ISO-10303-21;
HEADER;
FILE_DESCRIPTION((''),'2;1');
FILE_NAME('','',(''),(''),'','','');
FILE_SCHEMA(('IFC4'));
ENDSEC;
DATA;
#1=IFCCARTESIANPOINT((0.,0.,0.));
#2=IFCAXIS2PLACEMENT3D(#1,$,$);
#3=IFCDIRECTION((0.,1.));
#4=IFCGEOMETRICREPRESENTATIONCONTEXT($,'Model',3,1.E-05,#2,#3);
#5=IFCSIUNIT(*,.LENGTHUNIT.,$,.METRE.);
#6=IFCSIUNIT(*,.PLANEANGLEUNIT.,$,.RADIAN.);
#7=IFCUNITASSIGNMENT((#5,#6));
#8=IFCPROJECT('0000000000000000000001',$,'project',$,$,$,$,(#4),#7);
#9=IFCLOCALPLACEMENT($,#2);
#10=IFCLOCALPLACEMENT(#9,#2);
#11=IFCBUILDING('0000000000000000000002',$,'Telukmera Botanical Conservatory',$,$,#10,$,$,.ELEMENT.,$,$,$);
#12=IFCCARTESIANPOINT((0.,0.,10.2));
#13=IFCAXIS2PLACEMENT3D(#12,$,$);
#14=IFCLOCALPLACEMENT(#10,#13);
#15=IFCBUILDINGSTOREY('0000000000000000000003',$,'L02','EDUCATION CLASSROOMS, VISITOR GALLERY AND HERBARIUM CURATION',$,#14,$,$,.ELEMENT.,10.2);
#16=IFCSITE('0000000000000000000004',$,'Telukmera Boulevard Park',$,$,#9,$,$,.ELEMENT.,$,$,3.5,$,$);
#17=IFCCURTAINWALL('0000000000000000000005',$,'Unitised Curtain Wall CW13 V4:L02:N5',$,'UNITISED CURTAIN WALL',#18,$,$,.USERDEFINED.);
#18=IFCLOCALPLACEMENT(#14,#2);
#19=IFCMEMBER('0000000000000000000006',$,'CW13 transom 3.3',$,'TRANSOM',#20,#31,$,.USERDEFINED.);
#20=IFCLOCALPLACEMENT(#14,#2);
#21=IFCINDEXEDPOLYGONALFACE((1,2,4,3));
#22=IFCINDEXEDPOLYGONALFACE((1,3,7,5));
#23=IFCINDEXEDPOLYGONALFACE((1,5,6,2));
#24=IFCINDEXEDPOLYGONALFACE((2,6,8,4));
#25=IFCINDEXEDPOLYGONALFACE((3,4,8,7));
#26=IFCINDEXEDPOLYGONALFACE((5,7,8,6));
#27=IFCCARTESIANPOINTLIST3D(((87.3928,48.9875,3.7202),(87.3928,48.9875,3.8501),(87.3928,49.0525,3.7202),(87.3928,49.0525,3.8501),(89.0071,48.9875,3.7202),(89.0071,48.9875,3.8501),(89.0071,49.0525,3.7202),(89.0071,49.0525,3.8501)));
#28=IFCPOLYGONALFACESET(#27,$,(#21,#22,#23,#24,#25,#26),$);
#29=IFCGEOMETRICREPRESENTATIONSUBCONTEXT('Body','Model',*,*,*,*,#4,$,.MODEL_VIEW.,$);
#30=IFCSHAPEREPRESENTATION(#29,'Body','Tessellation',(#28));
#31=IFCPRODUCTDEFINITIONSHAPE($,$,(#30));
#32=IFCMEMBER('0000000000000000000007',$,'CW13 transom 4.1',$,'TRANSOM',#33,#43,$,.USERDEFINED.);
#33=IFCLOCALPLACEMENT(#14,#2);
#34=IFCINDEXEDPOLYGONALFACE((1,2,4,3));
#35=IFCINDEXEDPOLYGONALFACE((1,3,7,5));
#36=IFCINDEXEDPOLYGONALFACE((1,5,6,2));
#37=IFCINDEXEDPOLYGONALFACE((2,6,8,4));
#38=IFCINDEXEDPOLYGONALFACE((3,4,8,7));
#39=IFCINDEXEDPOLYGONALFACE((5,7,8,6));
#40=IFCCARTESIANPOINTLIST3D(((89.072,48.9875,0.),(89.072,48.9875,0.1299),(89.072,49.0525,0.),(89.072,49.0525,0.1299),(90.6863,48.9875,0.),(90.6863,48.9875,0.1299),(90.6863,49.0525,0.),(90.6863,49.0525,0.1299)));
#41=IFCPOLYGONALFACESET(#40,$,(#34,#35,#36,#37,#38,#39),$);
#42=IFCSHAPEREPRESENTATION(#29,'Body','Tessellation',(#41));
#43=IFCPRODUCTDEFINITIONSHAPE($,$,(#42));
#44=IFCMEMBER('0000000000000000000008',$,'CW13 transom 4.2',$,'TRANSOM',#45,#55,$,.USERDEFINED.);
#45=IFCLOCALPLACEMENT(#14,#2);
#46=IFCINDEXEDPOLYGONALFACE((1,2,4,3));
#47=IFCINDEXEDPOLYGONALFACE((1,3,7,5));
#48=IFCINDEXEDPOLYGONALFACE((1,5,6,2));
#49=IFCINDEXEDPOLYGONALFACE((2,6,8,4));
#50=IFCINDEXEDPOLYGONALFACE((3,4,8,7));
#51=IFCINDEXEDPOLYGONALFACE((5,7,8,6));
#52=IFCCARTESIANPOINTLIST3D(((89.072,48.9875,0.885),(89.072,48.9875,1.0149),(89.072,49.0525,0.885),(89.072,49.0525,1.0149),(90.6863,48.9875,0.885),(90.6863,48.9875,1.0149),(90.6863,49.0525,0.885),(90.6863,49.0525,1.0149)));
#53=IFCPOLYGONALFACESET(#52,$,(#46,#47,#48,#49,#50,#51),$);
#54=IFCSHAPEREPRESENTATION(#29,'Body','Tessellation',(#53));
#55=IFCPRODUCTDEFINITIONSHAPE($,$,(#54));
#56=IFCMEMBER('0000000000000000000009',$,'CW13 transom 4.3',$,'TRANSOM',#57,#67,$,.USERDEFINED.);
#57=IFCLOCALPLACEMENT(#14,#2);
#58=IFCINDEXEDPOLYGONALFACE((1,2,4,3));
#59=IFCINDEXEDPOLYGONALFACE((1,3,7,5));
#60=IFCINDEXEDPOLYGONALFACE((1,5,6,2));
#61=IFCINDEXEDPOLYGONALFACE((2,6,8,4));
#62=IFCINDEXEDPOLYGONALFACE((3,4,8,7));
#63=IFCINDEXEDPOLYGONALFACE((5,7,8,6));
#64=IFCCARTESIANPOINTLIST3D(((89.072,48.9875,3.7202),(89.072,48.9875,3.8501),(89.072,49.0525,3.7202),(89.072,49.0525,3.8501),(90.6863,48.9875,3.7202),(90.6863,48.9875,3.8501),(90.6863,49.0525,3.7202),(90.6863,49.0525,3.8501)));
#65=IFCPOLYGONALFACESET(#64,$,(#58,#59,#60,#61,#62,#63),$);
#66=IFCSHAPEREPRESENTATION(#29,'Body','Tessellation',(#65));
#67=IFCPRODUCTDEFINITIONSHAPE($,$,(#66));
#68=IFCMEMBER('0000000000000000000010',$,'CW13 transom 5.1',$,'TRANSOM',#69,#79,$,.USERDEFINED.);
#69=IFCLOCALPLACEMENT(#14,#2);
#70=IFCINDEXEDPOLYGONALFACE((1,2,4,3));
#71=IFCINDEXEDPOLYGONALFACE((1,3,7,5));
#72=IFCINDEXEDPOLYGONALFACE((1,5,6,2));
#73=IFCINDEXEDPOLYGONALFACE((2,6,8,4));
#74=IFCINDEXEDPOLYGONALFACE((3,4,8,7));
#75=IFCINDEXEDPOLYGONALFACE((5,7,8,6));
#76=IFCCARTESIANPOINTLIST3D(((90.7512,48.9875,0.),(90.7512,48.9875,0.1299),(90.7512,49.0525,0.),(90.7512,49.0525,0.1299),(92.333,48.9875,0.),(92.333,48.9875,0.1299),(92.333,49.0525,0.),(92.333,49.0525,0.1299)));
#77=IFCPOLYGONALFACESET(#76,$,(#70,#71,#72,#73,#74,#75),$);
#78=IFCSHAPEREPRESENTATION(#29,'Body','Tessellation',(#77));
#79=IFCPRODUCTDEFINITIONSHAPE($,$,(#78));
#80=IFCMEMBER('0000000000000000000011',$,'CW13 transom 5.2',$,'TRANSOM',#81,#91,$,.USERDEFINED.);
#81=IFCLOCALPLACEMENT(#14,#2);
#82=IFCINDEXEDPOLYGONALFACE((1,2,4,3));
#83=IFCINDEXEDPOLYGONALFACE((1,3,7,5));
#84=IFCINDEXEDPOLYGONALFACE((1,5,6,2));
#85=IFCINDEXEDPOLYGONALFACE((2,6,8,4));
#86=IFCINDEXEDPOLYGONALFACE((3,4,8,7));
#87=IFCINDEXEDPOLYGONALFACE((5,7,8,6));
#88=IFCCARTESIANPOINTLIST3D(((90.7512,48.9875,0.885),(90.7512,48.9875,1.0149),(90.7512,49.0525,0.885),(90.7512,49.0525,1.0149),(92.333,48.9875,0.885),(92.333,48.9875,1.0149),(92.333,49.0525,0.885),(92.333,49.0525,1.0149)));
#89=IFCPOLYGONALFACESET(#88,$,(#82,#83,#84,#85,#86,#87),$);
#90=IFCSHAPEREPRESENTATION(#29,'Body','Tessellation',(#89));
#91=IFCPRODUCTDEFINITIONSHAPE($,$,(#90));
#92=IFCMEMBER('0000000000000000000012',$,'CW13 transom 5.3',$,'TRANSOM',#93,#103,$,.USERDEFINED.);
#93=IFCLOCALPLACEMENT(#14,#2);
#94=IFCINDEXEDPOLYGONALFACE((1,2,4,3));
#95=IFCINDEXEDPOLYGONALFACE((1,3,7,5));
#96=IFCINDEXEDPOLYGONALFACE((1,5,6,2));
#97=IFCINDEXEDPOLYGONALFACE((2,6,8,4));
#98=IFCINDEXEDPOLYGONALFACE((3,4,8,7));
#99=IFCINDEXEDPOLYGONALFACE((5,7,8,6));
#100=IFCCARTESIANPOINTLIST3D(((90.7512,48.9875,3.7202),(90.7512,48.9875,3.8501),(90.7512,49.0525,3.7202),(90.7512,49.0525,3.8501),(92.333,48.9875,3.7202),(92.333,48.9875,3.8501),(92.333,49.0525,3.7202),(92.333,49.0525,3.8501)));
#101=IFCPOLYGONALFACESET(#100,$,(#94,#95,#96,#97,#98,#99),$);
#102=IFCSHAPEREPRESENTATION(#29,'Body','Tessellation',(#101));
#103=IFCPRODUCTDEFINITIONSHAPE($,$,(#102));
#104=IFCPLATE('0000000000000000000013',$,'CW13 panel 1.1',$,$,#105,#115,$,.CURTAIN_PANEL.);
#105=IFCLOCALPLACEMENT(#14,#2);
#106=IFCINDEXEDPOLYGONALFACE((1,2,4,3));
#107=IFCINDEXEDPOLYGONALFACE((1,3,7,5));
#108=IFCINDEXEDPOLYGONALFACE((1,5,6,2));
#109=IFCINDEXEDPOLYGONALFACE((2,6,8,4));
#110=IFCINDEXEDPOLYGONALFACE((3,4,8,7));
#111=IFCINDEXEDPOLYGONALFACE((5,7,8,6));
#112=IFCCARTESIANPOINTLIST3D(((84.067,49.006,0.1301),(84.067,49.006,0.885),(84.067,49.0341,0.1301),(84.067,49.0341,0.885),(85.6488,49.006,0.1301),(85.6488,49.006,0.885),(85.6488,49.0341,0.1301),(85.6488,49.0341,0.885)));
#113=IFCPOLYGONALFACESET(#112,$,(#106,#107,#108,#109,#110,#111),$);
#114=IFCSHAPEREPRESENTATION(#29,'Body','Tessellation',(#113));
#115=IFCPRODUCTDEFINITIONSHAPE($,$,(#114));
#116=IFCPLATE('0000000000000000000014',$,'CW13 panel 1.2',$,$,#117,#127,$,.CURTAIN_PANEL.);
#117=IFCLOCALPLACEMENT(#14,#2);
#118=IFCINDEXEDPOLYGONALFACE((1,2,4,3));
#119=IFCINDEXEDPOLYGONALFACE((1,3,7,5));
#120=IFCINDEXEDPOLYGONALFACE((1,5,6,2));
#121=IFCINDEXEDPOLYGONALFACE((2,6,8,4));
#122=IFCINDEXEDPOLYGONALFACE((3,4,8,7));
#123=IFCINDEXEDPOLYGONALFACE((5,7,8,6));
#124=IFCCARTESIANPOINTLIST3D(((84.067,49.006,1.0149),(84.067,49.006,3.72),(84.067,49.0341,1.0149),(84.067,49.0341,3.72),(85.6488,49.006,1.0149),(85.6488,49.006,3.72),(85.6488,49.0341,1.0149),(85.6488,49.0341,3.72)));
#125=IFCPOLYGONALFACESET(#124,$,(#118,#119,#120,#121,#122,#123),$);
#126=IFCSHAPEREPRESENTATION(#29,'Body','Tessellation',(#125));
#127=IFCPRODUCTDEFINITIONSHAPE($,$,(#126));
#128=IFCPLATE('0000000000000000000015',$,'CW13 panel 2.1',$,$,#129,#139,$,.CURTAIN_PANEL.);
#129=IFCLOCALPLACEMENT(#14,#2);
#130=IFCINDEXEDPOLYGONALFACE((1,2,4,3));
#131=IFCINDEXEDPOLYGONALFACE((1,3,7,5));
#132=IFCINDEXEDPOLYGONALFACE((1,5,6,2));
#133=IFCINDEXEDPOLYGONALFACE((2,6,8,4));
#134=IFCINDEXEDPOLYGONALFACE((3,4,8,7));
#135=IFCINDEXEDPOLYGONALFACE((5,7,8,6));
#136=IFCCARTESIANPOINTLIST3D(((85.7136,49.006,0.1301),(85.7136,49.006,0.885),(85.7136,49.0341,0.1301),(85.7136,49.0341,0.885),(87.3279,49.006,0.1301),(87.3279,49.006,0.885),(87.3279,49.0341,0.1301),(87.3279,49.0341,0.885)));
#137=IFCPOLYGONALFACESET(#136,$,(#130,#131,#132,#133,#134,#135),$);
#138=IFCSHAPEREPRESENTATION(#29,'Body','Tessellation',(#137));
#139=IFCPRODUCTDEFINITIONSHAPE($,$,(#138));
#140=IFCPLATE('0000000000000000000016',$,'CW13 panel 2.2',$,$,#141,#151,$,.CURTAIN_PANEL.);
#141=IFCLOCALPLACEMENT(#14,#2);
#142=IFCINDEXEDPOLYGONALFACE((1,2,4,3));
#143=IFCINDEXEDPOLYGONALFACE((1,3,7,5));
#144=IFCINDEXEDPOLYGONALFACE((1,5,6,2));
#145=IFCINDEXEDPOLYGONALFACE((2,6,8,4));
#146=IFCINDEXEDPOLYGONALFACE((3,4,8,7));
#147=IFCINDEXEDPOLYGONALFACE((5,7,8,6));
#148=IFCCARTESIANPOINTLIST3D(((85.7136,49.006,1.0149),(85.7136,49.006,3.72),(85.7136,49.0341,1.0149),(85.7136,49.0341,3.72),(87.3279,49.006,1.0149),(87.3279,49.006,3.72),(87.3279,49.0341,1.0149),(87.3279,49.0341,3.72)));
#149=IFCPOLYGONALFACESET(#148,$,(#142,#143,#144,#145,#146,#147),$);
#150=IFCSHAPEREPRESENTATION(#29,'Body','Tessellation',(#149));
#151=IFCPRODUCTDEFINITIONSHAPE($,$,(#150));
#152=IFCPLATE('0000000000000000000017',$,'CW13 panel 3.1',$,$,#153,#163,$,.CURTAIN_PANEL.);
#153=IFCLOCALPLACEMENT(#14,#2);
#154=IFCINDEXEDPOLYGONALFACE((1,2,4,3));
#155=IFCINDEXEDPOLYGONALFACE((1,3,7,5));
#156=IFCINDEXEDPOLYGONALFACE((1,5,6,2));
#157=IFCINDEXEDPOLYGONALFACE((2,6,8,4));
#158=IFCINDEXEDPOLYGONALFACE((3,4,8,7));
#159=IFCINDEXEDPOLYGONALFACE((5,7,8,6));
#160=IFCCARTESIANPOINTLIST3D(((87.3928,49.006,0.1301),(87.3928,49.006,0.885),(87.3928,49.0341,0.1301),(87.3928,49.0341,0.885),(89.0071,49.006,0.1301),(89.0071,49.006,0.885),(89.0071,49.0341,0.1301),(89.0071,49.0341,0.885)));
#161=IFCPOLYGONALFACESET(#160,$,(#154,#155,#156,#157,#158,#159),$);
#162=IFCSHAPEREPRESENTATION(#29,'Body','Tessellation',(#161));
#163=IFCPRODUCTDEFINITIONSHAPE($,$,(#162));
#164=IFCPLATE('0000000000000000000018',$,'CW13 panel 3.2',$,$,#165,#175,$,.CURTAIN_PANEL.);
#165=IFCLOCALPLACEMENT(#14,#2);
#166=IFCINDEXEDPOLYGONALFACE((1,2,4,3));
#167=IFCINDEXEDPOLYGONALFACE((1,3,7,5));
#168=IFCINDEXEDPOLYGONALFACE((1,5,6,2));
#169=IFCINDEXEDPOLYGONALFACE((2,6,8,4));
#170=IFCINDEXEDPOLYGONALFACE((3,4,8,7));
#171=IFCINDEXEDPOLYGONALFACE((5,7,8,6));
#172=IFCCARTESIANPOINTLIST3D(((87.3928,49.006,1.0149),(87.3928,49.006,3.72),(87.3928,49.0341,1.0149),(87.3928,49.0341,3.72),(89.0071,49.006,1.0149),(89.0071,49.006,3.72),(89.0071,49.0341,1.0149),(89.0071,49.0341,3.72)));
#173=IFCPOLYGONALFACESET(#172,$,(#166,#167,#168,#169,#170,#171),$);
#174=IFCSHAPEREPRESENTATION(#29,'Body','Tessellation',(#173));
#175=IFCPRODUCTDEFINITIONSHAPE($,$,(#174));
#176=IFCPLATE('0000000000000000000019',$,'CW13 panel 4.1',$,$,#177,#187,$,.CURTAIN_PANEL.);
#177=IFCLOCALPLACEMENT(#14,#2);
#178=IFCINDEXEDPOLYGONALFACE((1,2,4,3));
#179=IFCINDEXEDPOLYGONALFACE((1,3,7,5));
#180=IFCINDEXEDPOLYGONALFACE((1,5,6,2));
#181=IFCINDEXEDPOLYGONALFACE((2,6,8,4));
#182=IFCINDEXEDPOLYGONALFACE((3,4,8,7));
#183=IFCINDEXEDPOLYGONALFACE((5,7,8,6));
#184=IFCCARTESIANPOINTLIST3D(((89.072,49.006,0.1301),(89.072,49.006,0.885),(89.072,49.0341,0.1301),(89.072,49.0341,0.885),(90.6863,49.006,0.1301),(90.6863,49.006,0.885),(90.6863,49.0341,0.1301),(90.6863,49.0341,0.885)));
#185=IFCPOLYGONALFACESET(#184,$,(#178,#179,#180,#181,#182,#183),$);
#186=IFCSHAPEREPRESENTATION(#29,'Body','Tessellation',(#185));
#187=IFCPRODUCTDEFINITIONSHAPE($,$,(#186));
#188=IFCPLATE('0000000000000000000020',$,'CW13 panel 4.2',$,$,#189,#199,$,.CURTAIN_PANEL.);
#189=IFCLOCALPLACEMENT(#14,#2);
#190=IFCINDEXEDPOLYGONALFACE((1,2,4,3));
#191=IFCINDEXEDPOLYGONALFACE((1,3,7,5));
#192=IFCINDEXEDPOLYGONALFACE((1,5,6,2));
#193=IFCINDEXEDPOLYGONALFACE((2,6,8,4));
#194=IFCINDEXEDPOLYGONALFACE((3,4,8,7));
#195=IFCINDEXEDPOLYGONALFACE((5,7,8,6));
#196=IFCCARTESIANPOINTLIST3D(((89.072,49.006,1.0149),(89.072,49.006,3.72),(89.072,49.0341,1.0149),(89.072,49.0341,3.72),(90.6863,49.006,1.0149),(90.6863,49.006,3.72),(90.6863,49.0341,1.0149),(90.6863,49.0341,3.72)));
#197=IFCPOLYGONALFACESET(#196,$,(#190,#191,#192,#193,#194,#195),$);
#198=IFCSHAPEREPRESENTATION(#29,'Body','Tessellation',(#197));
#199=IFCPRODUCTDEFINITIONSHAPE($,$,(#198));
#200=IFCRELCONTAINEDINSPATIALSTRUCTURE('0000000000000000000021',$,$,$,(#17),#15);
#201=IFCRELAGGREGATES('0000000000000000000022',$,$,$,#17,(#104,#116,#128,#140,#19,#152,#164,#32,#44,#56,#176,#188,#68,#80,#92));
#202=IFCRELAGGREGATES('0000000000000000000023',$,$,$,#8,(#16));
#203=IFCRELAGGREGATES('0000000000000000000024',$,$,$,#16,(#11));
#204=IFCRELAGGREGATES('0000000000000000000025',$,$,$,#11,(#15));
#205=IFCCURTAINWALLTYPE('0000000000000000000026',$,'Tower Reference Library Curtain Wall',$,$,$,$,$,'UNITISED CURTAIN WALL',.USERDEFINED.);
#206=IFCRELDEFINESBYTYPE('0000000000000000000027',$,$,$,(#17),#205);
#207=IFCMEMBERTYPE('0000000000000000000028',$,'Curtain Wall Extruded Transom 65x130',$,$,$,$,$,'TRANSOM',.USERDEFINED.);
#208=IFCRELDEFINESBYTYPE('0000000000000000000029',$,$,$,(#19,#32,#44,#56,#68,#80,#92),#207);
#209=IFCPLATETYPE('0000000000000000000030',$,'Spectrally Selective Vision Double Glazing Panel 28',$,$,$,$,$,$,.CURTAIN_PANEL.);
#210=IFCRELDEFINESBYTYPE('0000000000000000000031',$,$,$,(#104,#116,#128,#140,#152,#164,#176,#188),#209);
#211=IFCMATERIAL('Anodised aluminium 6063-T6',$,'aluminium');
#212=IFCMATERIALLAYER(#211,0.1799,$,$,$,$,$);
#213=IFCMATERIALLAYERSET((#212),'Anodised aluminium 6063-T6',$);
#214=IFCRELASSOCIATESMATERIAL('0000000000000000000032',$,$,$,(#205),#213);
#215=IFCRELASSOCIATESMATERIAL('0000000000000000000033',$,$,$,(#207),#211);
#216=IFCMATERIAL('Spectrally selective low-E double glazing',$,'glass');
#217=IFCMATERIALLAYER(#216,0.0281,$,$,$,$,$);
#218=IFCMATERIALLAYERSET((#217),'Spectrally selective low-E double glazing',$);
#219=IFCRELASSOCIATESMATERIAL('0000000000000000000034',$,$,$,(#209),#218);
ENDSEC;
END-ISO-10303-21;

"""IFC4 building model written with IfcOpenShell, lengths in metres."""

from ifc_helpers import new_model, si_unit, direction, frame, origin, origin_2d, place, context, subcontext, project, spatial, rectangle, extrude, material, layer, layer_set, material_profile, profile_set, type_object, element, aggregate, save


model = new_model("IFC4")

# Units and contexts
model_context = context("Model", 3, precision=1e-05, world=origin(), true_north=direction((0.0, 1.0)))
body_context = subcontext(model_context, "Body", "Model", "MODEL_VIEW")
ifc_project = project(units=[si_unit("LENGTHUNIT", "METRE"), si_unit("PLANEANGLEUNIT", "RADIAN")], contexts=[model_context])

# Site, building, storey
site_placement = place(None, origin())
site = spatial("IfcSite", under=ifc_project, at=site_placement, Name="Telukmera Boulevard Park", CompositionType="ELEMENT", RefElevation=3.5)
building_placement = place(site_placement, origin())
building = spatial("IfcBuilding", under=site, at=building_placement, Name="Telukmera Botanical Conservatory", CompositionType="ELEMENT")
storey_placement = place(building_placement, frame((0.0, 0.0, 10.2)))
storey = spatial("IfcBuildingStorey", under=building, at=storey_placement, Name="L02", Description="EDUCATION CLASSROOMS, VISITOR GALLERY AND HERBARIUM CURATION", CompositionType="ELEMENT", Elevation=10.2)

# Curtain wall, members, plates
ifc_material_1 = material(Name="Anodised aluminium 6063-T6", Category="aluminium")
ifc_layer_1 = layer(ifc_material_1, 0.1799)
ifc_layer_set_1 = layer_set([ifc_layer_1], Name="Anodised aluminium 6063-T6")
curtain_wall_type = type_object("IfcCurtainWallType", Name="Tower Reference Library Curtain Wall", ElementType="UNITISED CURTAIN WALL", PredefinedType="USERDEFINED", material=ifc_layer_set_1)
curtain_wall_placement = place(storey_placement, origin())
curtain_wall = element("IfcCurtainWall", 1, at=curtain_wall_placement, inside=storey, type_object=curtain_wall_type, Name="Unitised Curtain Wall CW13 V4:L02:N5", ObjectType="UNITISED CURTAIN WALL", PredefinedType="USERDEFINED")
ifc_material_profile_1 = material_profile(ifc_material_1, rectangle(XDim=0.0649, YDim=0.1299, at=origin_2d()), Name="ALU TRAN 65x130")
ifc_profile_set_1 = profile_set([ifc_material_profile_1], Name="Anodised aluminium 6063-T6")
member_type_1 = type_object("IfcMemberType", Name="Curtain Wall Extruded Transom 65x130", ElementType="TRANSOM", PredefinedType="USERDEFINED", material=ifc_profile_set_1)
member_1_placement = place(storey_placement, frame((87.3928, 49.02, 3.7852), z_axis=(1.0, 0.0, 0.0), x_axis=(0.0, 1.0, 0.0)))
member_1 = element("IfcMember", 2, at=member_1_placement, type_object=member_type_1, Name="CW13 transom 3.3", ObjectType="TRANSOM", PredefinedType="USERDEFINED", context=body_context, shape_type="SweptSolid", body=[
    extrude(rectangle(XDim=0.0649, YDim=0.1299, at=origin_2d()), origin(), (0.0, 0.0, 1.0), 1.6143),
])
member_2_placement = place(storey_placement, frame((89.072, 49.02, 0.0649), z_axis=(1.0, 0.0, 0.0), x_axis=(0.0, 1.0, 0.0)))
member_2 = element("IfcMember", 3, at=member_2_placement, type_object=member_type_1, Name="CW13 transom 4.1", ObjectType="TRANSOM", PredefinedType="USERDEFINED", context=body_context, shape_type="SweptSolid", body=[
    extrude(rectangle(XDim=0.0649, YDim=0.1299, at=origin_2d()), origin(), (0.0, 0.0, 1.0), 1.6143),
])
member_3_placement = place(storey_placement, frame((89.072, 49.02, 0.95), z_axis=(1.0, 0.0, 0.0), x_axis=(0.0, 1.0, 0.0)))
member_3 = element("IfcMember", 4, at=member_3_placement, type_object=member_type_1, Name="CW13 transom 4.2", ObjectType="TRANSOM", PredefinedType="USERDEFINED", context=body_context, shape_type="SweptSolid", body=[
    extrude(rectangle(XDim=0.0649, YDim=0.1299, at=origin_2d()), origin(), (0.0, 0.0, 1.0), 1.6143),
])
member_4_placement = place(storey_placement, frame((89.072, 49.02, 3.7852), z_axis=(1.0, 0.0, 0.0), x_axis=(0.0, 1.0, 0.0)))
member_4 = element("IfcMember", 5, at=member_4_placement, type_object=member_type_1, Name="CW13 transom 4.3", ObjectType="TRANSOM", PredefinedType="USERDEFINED", context=body_context, shape_type="SweptSolid", body=[
    extrude(rectangle(XDim=0.0649, YDim=0.1299, at=origin_2d()), origin(), (0.0, 0.0, 1.0), 1.6143),
])
member_5_placement = place(storey_placement, frame((90.7512, 49.02, 0.0649), z_axis=(1.0, 0.0, 0.0), x_axis=(0.0, 1.0, 0.0)))
member_5 = element("IfcMember", 6, at=member_5_placement, type_object=member_type_1, Name="CW13 transom 5.1", ObjectType="TRANSOM", PredefinedType="USERDEFINED", context=body_context, shape_type="SweptSolid", body=[
    extrude(rectangle(XDim=0.0649, YDim=0.1299, at=origin_2d()), origin(), (0.0, 0.0, 1.0), 1.5818),
])
member_6_placement = place(storey_placement, frame((90.7512, 49.02, 0.95), z_axis=(1.0, 0.0, 0.0), x_axis=(0.0, 1.0, 0.0)))
member_6 = element("IfcMember", 7, at=member_6_placement, type_object=member_type_1, Name="CW13 transom 5.2", ObjectType="TRANSOM", PredefinedType="USERDEFINED", context=body_context, shape_type="SweptSolid", body=[
    extrude(rectangle(XDim=0.0649, YDim=0.1299, at=origin_2d()), origin(), (0.0, 0.0, 1.0), 1.5818),
])
member_7_placement = place(storey_placement, frame((90.7512, 49.02, 3.7852), z_axis=(1.0, 0.0, 0.0), x_axis=(0.0, 1.0, 0.0)))
member_7 = element("IfcMember", 8, at=member_7_placement, type_object=member_type_1, Name="CW13 transom 5.3", ObjectType="TRANSOM", PredefinedType="USERDEFINED", context=body_context, shape_type="SweptSolid", body=[
    extrude(rectangle(XDim=0.0649, YDim=0.1299, at=origin_2d()), origin(), (0.0, 0.0, 1.0), 1.5818),
])
ifc_material_2 = material(Name="Spectrally selective low-E double glazing", Category="glass")
ifc_layer_2 = layer(ifc_material_2, 0.0281)
ifc_layer_set_2 = layer_set([ifc_layer_2], Name="Spectrally selective low-E double glazing")
plate_type = type_object("IfcPlateType", Name="Spectrally Selective Vision Double Glazing Panel 28", PredefinedType="CURTAIN_PANEL", material=ifc_layer_set_2)
plate_1_placement = place(storey_placement, frame((84.8579, 49.02, 0.1301), z_axis=(0.0, 0.0, 1.0), x_axis=(1.0, 0.0, 0.0)))
plate_1 = element("IfcPlate", 9, at=plate_1_placement, type_object=plate_type, Name="CW13 panel 1.1", PredefinedType="CURTAIN_PANEL", context=body_context, shape_type="SweptSolid", body=[
    extrude(rectangle(XDim=1.5818, YDim=0.0281, at=origin_2d()), origin(), (0.0, 0.0, 1.0), 0.7549),
])
plate_2_placement = place(storey_placement, frame((84.8579, 49.02, 1.0149), z_axis=(0.0, 0.0, 1.0), x_axis=(1.0, 0.0, 0.0)))
plate_2 = element("IfcPlate", 10, at=plate_2_placement, type_object=plate_type, Name="CW13 panel 1.2", PredefinedType="CURTAIN_PANEL", context=body_context, shape_type="SweptSolid", body=[
    extrude(rectangle(XDim=1.5818, YDim=0.0281, at=origin_2d()), origin(), (0.0, 0.0, 1.0), 2.7051),
])
plate_3_placement = place(storey_placement, frame((86.5208, 49.02, 0.1301), z_axis=(0.0, 0.0, 1.0), x_axis=(1.0, 0.0, 0.0)))
plate_3 = element("IfcPlate", 11, at=plate_3_placement, type_object=plate_type, Name="CW13 panel 2.1", PredefinedType="CURTAIN_PANEL", context=body_context, shape_type="SweptSolid", body=[
    extrude(rectangle(XDim=1.6143, YDim=0.0281, at=origin_2d()), origin(), (0.0, 0.0, 1.0), 0.7549),
])
plate_4_placement = place(storey_placement, frame((86.5208, 49.02, 1.0149), z_axis=(0.0, 0.0, 1.0), x_axis=(1.0, 0.0, 0.0)))
plate_4 = element("IfcPlate", 12, at=plate_4_placement, type_object=plate_type, Name="CW13 panel 2.2", PredefinedType="CURTAIN_PANEL", context=body_context, shape_type="SweptSolid", body=[
    extrude(rectangle(XDim=1.6143, YDim=0.0281, at=origin_2d()), origin(), (0.0, 0.0, 1.0), 2.7051),
])
plate_5_placement = place(storey_placement, frame((88.2, 49.02, 0.1301), z_axis=(0.0, 0.0, 1.0), x_axis=(1.0, 0.0, 0.0)))
plate_5 = element("IfcPlate", 13, at=plate_5_placement, type_object=plate_type, Name="CW13 panel 3.1", PredefinedType="CURTAIN_PANEL", context=body_context, shape_type="SweptSolid", body=[
    extrude(rectangle(XDim=1.6143, YDim=0.0281, at=origin_2d()), origin(), (0.0, 0.0, 1.0), 0.7549),
])
plate_6_placement = place(storey_placement, frame((88.2, 49.02, 1.0149), z_axis=(0.0, 0.0, 1.0), x_axis=(1.0, 0.0, 0.0)))
plate_6 = element("IfcPlate", 14, at=plate_6_placement, type_object=plate_type, Name="CW13 panel 3.2", PredefinedType="CURTAIN_PANEL", context=body_context, shape_type="SweptSolid", body=[
    extrude(rectangle(XDim=1.6143, YDim=0.0281, at=origin_2d()), origin(), (0.0, 0.0, 1.0), 2.7051),
])
plate_7_placement = place(storey_placement, frame((89.8792, 49.02, 0.1301), z_axis=(0.0, 0.0, 1.0), x_axis=(1.0, 0.0, 0.0)))
plate_7 = element("IfcPlate", 15, at=plate_7_placement, type_object=plate_type, Name="CW13 panel 4.1", PredefinedType="CURTAIN_PANEL", context=body_context, shape_type="SweptSolid", body=[
    extrude(rectangle(XDim=1.6143, YDim=0.0281, at=origin_2d()), origin(), (0.0, 0.0, 1.0), 0.7549),
])
plate_8_placement = place(storey_placement, frame((89.8792, 49.02, 1.0149), z_axis=(0.0, 0.0, 1.0), x_axis=(1.0, 0.0, 0.0)))
plate_8 = element("IfcPlate", 16, at=plate_8_placement, type_object=plate_type, Name="CW13 panel 4.2", PredefinedType="CURTAIN_PANEL", context=body_context, shape_type="SweptSolid", body=[
    extrude(rectangle(XDim=1.6143, YDim=0.0281, at=origin_2d()), origin(), (0.0, 0.0, 1.0), 2.7051),
])
aggregate(curtain_wall, [plate_1, plate_2, plate_3, plate_4, member_1, plate_5, plate_6, member_2, member_3, member_4, plate_7, plate_8, member_5, member_6, member_7])

save(model, "model.ifc")
